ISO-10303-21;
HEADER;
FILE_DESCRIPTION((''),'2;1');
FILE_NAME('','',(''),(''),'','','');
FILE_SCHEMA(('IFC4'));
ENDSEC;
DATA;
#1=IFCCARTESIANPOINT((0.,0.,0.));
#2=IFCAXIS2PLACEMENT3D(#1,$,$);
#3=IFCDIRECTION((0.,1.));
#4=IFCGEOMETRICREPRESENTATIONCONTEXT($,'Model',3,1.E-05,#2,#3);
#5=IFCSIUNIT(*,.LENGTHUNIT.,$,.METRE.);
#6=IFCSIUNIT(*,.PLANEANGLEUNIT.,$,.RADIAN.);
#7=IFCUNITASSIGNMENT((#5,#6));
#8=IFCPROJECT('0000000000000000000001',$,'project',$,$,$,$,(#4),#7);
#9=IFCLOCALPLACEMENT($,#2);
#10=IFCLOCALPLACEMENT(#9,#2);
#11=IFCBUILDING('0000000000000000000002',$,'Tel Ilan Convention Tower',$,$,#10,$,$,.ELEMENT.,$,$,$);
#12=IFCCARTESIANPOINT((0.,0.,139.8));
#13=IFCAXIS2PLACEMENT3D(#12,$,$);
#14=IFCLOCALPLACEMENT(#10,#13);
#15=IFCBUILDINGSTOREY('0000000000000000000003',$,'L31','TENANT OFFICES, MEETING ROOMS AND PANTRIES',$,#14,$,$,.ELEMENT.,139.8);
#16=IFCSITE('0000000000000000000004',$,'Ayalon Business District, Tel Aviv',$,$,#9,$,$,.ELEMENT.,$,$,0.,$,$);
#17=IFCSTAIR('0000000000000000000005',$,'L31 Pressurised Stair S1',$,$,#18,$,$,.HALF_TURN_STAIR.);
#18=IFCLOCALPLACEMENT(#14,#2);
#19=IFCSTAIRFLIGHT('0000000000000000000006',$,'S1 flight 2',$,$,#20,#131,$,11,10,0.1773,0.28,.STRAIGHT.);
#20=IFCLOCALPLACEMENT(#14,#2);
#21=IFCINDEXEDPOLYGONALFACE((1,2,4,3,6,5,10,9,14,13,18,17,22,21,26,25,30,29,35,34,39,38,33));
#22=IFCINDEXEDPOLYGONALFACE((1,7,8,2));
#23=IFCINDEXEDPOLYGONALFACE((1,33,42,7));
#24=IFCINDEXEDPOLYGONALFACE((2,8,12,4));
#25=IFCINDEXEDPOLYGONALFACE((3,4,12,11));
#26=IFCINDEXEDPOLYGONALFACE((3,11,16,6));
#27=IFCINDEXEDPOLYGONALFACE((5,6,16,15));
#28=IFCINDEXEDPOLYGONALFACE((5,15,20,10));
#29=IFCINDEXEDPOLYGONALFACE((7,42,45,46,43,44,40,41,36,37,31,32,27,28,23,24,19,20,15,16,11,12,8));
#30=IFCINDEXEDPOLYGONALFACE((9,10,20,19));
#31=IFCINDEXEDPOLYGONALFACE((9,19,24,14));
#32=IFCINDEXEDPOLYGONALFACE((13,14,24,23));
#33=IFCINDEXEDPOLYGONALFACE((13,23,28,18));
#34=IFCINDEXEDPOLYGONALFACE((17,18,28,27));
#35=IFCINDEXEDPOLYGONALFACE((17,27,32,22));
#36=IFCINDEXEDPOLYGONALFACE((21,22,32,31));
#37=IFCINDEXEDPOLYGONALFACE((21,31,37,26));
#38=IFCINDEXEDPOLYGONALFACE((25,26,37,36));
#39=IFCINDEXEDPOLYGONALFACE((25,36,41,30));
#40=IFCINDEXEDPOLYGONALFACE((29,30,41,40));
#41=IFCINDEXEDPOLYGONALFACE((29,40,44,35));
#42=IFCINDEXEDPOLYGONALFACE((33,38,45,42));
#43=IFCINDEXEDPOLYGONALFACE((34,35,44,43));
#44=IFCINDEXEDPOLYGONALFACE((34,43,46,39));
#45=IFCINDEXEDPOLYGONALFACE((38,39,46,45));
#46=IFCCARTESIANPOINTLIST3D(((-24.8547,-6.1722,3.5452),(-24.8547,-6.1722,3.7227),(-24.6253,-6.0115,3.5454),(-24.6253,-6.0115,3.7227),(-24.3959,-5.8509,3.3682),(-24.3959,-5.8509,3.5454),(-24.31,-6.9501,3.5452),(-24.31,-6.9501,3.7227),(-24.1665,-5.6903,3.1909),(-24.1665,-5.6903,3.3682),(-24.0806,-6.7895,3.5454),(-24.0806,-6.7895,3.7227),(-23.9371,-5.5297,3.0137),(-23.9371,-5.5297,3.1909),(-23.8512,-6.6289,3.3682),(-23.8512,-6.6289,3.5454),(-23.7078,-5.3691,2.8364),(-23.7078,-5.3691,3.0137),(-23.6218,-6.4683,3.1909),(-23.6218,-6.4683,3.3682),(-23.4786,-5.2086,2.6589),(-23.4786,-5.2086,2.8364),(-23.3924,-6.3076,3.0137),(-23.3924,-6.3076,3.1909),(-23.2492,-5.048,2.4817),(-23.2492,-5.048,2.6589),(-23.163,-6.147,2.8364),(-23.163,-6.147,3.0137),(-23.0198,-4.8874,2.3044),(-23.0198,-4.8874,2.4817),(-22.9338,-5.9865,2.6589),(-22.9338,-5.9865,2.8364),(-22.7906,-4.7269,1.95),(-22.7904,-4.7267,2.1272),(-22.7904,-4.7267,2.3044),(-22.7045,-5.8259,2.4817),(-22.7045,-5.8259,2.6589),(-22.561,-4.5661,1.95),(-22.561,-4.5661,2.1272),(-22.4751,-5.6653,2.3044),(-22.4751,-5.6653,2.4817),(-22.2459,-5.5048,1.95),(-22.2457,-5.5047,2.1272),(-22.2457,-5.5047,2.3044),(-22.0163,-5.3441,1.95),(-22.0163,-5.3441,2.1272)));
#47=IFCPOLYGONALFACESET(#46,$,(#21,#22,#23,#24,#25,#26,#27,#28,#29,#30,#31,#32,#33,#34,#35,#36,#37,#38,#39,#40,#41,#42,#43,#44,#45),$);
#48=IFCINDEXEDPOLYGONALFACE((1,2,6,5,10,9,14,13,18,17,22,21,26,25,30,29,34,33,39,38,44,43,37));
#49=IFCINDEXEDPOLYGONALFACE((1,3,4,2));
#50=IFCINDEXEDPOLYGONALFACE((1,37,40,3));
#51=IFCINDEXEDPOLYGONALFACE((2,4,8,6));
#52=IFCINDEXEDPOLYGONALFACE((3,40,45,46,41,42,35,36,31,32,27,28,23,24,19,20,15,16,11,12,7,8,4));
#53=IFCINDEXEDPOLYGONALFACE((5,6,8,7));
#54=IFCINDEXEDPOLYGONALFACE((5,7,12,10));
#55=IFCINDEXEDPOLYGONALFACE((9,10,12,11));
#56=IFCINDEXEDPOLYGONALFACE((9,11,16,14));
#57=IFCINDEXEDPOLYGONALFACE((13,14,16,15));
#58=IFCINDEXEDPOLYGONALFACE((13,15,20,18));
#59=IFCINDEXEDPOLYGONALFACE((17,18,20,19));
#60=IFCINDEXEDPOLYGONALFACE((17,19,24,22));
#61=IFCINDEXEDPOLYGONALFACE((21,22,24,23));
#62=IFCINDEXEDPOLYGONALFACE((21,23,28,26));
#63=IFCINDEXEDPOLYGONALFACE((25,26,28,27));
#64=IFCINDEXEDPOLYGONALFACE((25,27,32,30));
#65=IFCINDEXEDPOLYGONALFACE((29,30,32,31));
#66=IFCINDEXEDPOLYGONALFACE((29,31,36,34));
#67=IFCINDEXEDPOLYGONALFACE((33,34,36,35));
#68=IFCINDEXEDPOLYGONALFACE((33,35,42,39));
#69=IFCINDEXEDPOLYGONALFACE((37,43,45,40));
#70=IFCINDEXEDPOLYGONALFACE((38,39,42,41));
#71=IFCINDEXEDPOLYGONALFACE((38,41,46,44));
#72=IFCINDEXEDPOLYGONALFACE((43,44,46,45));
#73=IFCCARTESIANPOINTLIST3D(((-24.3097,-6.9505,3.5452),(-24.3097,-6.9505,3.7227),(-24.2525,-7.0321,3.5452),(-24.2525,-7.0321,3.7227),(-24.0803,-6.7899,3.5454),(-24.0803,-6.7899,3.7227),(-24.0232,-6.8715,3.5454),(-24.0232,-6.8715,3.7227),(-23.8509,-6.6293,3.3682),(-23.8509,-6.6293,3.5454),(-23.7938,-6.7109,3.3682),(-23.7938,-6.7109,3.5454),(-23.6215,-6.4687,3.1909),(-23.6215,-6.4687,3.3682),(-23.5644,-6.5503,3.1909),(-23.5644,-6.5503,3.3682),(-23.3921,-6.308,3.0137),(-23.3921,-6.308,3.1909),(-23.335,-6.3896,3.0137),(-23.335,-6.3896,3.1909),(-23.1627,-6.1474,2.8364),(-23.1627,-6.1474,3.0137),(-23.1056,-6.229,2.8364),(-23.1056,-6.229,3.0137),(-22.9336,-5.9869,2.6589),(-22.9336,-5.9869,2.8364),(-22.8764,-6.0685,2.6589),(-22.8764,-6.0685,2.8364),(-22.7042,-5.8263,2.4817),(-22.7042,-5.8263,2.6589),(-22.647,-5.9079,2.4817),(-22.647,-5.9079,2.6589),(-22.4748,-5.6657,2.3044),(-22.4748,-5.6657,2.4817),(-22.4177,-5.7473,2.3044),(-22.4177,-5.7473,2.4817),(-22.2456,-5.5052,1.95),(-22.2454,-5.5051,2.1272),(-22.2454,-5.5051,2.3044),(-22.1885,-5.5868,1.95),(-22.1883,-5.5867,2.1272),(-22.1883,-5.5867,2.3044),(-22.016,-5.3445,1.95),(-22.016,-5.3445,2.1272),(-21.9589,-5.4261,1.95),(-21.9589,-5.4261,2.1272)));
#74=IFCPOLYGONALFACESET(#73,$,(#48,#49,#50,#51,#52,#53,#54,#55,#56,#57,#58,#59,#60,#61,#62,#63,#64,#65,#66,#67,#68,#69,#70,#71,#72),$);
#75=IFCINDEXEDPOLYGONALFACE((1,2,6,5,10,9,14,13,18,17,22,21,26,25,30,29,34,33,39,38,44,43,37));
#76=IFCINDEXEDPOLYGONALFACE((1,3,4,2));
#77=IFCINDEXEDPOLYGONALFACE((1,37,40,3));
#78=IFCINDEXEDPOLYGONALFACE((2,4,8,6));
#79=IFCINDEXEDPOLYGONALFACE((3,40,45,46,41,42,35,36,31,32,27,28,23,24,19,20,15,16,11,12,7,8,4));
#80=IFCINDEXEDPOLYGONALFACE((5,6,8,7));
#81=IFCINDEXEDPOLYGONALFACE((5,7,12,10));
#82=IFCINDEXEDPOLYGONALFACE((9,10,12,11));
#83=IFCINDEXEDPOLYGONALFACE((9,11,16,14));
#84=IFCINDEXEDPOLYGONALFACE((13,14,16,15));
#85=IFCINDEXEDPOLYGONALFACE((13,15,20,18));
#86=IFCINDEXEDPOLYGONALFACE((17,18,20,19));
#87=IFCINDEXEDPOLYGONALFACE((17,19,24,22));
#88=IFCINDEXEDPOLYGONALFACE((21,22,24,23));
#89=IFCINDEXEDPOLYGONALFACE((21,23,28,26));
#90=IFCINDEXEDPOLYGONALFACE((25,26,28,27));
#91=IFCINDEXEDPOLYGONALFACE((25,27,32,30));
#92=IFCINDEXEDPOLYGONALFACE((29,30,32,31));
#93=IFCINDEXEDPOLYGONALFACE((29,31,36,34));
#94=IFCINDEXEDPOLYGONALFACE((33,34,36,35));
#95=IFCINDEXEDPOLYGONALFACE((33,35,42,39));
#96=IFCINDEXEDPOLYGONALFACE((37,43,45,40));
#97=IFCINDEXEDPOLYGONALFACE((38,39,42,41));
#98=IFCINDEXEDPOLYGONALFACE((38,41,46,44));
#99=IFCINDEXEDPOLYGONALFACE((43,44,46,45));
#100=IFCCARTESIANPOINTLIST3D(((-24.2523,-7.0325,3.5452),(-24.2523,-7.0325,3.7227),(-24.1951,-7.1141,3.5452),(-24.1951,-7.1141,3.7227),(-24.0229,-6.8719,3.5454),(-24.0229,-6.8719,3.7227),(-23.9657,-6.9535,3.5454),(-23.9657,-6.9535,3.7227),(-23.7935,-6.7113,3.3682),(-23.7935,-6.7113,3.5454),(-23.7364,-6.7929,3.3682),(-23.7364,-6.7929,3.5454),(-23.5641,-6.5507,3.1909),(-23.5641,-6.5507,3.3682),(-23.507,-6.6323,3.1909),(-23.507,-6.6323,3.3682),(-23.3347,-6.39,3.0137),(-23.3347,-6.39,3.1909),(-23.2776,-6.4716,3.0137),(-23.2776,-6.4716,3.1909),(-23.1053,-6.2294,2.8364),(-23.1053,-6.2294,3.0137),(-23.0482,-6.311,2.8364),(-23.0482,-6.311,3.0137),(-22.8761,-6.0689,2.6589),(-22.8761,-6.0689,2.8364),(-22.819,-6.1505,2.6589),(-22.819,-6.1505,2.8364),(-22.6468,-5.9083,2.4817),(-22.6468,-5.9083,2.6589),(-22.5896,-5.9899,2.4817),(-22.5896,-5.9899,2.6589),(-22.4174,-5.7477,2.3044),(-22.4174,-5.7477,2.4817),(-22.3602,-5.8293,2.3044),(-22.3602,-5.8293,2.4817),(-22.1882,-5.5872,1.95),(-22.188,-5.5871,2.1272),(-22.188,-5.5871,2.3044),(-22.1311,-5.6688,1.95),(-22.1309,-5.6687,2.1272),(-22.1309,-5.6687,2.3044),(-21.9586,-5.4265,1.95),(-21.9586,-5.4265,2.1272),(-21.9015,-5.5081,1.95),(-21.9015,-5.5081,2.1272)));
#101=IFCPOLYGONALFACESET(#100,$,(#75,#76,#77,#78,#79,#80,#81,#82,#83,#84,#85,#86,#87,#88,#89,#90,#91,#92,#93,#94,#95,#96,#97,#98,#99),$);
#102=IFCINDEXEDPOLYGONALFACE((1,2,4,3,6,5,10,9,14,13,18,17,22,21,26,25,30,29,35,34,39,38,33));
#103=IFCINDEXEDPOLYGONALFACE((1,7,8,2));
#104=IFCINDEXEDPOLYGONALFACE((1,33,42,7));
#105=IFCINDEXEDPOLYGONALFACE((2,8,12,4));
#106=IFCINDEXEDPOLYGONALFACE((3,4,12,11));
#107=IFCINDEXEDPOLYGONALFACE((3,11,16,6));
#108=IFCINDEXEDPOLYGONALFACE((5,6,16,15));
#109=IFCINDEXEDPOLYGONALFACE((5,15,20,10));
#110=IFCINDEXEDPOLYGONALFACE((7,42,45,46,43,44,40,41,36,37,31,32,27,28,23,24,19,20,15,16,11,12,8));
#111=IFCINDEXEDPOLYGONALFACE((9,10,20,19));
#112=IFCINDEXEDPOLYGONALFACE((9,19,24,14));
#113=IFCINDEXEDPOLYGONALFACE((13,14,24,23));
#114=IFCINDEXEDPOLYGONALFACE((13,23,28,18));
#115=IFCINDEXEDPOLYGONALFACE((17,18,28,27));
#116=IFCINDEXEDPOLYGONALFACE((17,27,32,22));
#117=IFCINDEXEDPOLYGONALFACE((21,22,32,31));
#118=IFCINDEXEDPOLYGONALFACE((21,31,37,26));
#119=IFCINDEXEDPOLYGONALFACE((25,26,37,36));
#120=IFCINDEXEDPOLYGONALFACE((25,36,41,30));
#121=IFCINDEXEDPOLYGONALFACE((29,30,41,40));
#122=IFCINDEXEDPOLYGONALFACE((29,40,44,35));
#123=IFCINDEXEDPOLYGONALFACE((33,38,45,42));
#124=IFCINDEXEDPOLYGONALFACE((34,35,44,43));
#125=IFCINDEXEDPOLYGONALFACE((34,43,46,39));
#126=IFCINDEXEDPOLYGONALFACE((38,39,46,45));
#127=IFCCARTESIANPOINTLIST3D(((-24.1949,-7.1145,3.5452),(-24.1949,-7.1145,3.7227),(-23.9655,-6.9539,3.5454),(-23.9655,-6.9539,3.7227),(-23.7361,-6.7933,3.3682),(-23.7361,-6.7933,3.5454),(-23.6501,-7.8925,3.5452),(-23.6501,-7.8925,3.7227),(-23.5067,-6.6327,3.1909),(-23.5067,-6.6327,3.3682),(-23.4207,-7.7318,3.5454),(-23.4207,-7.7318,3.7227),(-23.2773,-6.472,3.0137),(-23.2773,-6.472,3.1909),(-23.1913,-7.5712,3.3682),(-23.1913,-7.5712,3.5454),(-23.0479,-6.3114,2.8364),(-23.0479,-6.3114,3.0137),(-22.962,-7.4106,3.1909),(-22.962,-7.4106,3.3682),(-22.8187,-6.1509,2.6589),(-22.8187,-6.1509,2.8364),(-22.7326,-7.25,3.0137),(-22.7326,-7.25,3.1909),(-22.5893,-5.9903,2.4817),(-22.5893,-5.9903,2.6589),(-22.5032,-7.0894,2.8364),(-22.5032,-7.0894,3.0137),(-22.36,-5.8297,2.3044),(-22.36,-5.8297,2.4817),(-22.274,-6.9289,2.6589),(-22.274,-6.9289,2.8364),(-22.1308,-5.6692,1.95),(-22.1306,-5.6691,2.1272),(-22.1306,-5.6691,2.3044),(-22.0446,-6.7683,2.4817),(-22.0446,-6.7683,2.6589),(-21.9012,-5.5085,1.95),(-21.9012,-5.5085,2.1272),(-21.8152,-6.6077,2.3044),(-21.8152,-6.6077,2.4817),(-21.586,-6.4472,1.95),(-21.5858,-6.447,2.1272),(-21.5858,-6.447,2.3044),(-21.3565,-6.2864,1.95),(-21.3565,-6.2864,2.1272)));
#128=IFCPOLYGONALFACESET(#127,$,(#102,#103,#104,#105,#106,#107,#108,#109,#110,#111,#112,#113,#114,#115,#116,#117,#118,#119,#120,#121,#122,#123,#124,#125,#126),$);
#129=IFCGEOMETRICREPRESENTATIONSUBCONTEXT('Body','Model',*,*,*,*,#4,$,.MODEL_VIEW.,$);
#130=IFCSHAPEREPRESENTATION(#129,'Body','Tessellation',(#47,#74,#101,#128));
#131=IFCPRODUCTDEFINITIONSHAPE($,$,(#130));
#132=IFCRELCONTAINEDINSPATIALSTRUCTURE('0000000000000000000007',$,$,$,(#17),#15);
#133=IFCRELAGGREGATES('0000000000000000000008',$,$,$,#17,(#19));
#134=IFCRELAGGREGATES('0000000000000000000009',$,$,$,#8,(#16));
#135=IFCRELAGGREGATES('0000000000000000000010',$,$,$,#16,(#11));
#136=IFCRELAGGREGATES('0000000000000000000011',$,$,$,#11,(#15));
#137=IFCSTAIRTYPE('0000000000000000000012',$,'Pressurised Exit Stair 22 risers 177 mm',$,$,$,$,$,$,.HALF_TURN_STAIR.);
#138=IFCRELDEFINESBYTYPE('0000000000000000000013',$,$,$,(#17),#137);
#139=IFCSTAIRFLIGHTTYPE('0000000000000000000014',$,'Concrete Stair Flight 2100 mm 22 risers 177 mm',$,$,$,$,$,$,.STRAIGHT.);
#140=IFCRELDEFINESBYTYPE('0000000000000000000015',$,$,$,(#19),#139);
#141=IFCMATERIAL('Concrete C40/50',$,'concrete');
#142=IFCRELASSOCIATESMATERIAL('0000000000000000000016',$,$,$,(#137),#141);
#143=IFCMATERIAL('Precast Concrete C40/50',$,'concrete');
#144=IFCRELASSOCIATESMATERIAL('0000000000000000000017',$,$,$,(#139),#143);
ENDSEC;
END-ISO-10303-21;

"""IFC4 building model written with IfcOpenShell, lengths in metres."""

from ifc_helpers import new_model, si_unit, direction, frame, origin, place, context, subcontext, project, spatial, polyline, outline, extrude, material, type_object, element, aggregate, save


model = new_model("IFC4")

# Units and contexts
model_context = context("Model", 3, precision=1e-05, world=origin(), true_north=direction((0.0, 1.0)))
body_context = subcontext(model_context, "Body", "Model", "MODEL_VIEW")
ifc_project = project(units=[si_unit("LENGTHUNIT", "METRE"), si_unit("PLANEANGLEUNIT", "RADIAN")], contexts=[model_context])

# Site, building, storey
site_placement = place(None, origin())
site = spatial("IfcSite", under=ifc_project, at=site_placement, Name="Ayalon Business District, Tel Aviv", CompositionType="ELEMENT", RefElevation=0.0)
building_placement = place(site_placement, origin())
building = spatial("IfcBuilding", under=site, at=building_placement, Name="Tel Ilan Convention Tower", CompositionType="ELEMENT")
storey_placement = place(building_placement, frame((0.0, 0.0, 139.8)))
storey = spatial("IfcBuildingStorey", under=building, at=storey_placement, Name="L31", Description="TENANT OFFICES, MEETING ROOMS AND PANTRIES", CompositionType="ELEMENT", Elevation=139.8)

# Stair, stair flight
ifc_material_1 = material(Name="Concrete C40/50", Category="concrete")
stair_type = type_object("IfcStairType", Name="Pressurised Exit Stair 22 risers 177 mm", PredefinedType="HALF_TURN_STAIR", material=ifc_material_1)
stair_1_placement = place(storey_placement, origin())
stair_1 = element("IfcStair", 1, at=stair_1_placement, inside=storey, type_object=stair_type, Name="L31 Pressurised Stair S1", PredefinedType="HALF_TURN_STAIR")
ifc_material_2 = material(Name="Precast Concrete C40/50", Category="concrete")
stair_flight_type = type_object("IfcStairFlightType", Name="Concrete Stair Flight 2100 mm 22 risers 177 mm", PredefinedType="STRAIGHT", material=ifc_material_2)
stair_flight_1_placement = place(storey_placement, frame((-21.9587, -5.4263, 1.95), z_axis=(0.0, 0.0, 1.0), x_axis=(-0.819152, -0.573576, 0.0)))
stair_flight_1 = element("IfcStairFlight", 2, at=stair_flight_1_placement, type_object=stair_flight_type, Name="S1 flight 2", NumberOfRisers=11, NumberOfTreads=10, PredefinedType="STRAIGHT", RiserHeight=0.1773, TreadLength=0.28, context=body_context, shape_type="SweptSolid", body=[
    extrude(outline(polyline([(0.0, 0.0), (0.0, 0.1772), (0.28, 0.1772), (0.28, 0.3545), (0.5601, 0.3545), (0.5601, 0.5317), (0.8401, 0.5317), (0.8401, 0.709), (1.1201, 0.709), (1.1201, 0.8865), (1.3999, 0.8865), (1.3999, 1.0637), (1.6799, 1.0637), (1.6799, 1.241), (1.96, 1.241), (1.96, 1.4182), (2.24, 1.4182), (2.24, 1.5955), (2.52, 1.5955), (2.52, 1.7727), (2.8, 1.7727), (2.8, 1.95), (2.8, 1.5952), (0.2803, 0.0), (0.0, 0.0)])), frame((0.0, -0.1003, 0.0), z_axis=(0.0, -1.0, 0.0), x_axis=(1.0, 0.0, 0.0)), (0.0, 0.0, 1.0), 0.9497),
    extrude(outline(polyline([(0.0, 0.0), (0.0, 0.1772), (0.28, 0.1772), (0.28, 0.3545), (0.5601, 0.3545), (0.5601, 0.5317), (0.8401, 0.5317), (0.8401, 0.709), (1.1201, 0.709), (1.1201, 0.8865), (1.3999, 0.8865), (1.3999, 1.0637), (1.6799, 1.0637), (1.6799, 1.241), (1.96, 1.241), (1.96, 1.4182), (2.24, 1.4182), (2.24, 1.5955), (2.52, 1.5955), (2.52, 1.7727), (2.8, 1.7727), (2.8, 1.95), (2.8, 1.5952), (0.2803, 0.0), (0.0, 0.0)])), frame((0.0, -0.0002, 0.0), z_axis=(0.0, -1.0, 0.0), x_axis=(1.0, 0.0, 0.0)), (0.0, 0.0, 1.0), 0.0996),
    extrude(outline(polyline([(0.0, 0.0), (0.0, 0.1772), (0.28, 0.1772), (0.28, 0.3545), (0.5601, 0.3545), (0.5601, 0.5317), (0.8401, 0.5317), (0.8401, 0.709), (1.1201, 0.709), (1.1201, 0.8865), (1.3999, 0.8865), (1.3999, 1.0637), (1.6799, 1.0637), (1.6799, 1.241), (1.96, 1.241), (1.96, 1.4182), (2.24, 1.4182), (2.24, 1.5955), (2.52, 1.5955), (2.52, 1.7727), (2.8, 1.7727), (2.8, 1.95), (2.8, 1.5952), (0.2803, 0.0), (0.0, 0.0)])), frame((0.0, 0.0999, 0.0), z_axis=(0.0, -1.0, 0.0), x_axis=(1.0, 0.0, 0.0)), (0.0, 0.0, 1.0), 0.0996),
    extrude(outline(polyline([(0.0, 0.0), (0.0, 0.1772), (0.28, 0.1772), (0.28, 0.3545), (0.5601, 0.3545), (0.5601, 0.5317), (0.8401, 0.5317), (0.8401, 0.709), (1.1201, 0.709), (1.1201, 0.8865), (1.3999, 0.8865), (1.3999, 1.0637), (1.6799, 1.0637), (1.6799, 1.241), (1.96, 1.241), (1.96, 1.4182), (2.24, 1.4182), (2.24, 1.5955), (2.52, 1.5955), (2.52, 1.7727), (2.8, 1.7727), (2.8, 1.95), (2.8, 1.5952), (0.2803, 0.0), (0.0, 0.0)])), frame((0.0, 1.05, 0.0), z_axis=(0.0, -1.0, 0.0), x_axis=(1.0, 0.0, 0.0)), (0.0, 0.0, 1.0), 0.9497),
])
aggregate(stair_1, [stair_flight_1])

save(model, "model.ifc")
